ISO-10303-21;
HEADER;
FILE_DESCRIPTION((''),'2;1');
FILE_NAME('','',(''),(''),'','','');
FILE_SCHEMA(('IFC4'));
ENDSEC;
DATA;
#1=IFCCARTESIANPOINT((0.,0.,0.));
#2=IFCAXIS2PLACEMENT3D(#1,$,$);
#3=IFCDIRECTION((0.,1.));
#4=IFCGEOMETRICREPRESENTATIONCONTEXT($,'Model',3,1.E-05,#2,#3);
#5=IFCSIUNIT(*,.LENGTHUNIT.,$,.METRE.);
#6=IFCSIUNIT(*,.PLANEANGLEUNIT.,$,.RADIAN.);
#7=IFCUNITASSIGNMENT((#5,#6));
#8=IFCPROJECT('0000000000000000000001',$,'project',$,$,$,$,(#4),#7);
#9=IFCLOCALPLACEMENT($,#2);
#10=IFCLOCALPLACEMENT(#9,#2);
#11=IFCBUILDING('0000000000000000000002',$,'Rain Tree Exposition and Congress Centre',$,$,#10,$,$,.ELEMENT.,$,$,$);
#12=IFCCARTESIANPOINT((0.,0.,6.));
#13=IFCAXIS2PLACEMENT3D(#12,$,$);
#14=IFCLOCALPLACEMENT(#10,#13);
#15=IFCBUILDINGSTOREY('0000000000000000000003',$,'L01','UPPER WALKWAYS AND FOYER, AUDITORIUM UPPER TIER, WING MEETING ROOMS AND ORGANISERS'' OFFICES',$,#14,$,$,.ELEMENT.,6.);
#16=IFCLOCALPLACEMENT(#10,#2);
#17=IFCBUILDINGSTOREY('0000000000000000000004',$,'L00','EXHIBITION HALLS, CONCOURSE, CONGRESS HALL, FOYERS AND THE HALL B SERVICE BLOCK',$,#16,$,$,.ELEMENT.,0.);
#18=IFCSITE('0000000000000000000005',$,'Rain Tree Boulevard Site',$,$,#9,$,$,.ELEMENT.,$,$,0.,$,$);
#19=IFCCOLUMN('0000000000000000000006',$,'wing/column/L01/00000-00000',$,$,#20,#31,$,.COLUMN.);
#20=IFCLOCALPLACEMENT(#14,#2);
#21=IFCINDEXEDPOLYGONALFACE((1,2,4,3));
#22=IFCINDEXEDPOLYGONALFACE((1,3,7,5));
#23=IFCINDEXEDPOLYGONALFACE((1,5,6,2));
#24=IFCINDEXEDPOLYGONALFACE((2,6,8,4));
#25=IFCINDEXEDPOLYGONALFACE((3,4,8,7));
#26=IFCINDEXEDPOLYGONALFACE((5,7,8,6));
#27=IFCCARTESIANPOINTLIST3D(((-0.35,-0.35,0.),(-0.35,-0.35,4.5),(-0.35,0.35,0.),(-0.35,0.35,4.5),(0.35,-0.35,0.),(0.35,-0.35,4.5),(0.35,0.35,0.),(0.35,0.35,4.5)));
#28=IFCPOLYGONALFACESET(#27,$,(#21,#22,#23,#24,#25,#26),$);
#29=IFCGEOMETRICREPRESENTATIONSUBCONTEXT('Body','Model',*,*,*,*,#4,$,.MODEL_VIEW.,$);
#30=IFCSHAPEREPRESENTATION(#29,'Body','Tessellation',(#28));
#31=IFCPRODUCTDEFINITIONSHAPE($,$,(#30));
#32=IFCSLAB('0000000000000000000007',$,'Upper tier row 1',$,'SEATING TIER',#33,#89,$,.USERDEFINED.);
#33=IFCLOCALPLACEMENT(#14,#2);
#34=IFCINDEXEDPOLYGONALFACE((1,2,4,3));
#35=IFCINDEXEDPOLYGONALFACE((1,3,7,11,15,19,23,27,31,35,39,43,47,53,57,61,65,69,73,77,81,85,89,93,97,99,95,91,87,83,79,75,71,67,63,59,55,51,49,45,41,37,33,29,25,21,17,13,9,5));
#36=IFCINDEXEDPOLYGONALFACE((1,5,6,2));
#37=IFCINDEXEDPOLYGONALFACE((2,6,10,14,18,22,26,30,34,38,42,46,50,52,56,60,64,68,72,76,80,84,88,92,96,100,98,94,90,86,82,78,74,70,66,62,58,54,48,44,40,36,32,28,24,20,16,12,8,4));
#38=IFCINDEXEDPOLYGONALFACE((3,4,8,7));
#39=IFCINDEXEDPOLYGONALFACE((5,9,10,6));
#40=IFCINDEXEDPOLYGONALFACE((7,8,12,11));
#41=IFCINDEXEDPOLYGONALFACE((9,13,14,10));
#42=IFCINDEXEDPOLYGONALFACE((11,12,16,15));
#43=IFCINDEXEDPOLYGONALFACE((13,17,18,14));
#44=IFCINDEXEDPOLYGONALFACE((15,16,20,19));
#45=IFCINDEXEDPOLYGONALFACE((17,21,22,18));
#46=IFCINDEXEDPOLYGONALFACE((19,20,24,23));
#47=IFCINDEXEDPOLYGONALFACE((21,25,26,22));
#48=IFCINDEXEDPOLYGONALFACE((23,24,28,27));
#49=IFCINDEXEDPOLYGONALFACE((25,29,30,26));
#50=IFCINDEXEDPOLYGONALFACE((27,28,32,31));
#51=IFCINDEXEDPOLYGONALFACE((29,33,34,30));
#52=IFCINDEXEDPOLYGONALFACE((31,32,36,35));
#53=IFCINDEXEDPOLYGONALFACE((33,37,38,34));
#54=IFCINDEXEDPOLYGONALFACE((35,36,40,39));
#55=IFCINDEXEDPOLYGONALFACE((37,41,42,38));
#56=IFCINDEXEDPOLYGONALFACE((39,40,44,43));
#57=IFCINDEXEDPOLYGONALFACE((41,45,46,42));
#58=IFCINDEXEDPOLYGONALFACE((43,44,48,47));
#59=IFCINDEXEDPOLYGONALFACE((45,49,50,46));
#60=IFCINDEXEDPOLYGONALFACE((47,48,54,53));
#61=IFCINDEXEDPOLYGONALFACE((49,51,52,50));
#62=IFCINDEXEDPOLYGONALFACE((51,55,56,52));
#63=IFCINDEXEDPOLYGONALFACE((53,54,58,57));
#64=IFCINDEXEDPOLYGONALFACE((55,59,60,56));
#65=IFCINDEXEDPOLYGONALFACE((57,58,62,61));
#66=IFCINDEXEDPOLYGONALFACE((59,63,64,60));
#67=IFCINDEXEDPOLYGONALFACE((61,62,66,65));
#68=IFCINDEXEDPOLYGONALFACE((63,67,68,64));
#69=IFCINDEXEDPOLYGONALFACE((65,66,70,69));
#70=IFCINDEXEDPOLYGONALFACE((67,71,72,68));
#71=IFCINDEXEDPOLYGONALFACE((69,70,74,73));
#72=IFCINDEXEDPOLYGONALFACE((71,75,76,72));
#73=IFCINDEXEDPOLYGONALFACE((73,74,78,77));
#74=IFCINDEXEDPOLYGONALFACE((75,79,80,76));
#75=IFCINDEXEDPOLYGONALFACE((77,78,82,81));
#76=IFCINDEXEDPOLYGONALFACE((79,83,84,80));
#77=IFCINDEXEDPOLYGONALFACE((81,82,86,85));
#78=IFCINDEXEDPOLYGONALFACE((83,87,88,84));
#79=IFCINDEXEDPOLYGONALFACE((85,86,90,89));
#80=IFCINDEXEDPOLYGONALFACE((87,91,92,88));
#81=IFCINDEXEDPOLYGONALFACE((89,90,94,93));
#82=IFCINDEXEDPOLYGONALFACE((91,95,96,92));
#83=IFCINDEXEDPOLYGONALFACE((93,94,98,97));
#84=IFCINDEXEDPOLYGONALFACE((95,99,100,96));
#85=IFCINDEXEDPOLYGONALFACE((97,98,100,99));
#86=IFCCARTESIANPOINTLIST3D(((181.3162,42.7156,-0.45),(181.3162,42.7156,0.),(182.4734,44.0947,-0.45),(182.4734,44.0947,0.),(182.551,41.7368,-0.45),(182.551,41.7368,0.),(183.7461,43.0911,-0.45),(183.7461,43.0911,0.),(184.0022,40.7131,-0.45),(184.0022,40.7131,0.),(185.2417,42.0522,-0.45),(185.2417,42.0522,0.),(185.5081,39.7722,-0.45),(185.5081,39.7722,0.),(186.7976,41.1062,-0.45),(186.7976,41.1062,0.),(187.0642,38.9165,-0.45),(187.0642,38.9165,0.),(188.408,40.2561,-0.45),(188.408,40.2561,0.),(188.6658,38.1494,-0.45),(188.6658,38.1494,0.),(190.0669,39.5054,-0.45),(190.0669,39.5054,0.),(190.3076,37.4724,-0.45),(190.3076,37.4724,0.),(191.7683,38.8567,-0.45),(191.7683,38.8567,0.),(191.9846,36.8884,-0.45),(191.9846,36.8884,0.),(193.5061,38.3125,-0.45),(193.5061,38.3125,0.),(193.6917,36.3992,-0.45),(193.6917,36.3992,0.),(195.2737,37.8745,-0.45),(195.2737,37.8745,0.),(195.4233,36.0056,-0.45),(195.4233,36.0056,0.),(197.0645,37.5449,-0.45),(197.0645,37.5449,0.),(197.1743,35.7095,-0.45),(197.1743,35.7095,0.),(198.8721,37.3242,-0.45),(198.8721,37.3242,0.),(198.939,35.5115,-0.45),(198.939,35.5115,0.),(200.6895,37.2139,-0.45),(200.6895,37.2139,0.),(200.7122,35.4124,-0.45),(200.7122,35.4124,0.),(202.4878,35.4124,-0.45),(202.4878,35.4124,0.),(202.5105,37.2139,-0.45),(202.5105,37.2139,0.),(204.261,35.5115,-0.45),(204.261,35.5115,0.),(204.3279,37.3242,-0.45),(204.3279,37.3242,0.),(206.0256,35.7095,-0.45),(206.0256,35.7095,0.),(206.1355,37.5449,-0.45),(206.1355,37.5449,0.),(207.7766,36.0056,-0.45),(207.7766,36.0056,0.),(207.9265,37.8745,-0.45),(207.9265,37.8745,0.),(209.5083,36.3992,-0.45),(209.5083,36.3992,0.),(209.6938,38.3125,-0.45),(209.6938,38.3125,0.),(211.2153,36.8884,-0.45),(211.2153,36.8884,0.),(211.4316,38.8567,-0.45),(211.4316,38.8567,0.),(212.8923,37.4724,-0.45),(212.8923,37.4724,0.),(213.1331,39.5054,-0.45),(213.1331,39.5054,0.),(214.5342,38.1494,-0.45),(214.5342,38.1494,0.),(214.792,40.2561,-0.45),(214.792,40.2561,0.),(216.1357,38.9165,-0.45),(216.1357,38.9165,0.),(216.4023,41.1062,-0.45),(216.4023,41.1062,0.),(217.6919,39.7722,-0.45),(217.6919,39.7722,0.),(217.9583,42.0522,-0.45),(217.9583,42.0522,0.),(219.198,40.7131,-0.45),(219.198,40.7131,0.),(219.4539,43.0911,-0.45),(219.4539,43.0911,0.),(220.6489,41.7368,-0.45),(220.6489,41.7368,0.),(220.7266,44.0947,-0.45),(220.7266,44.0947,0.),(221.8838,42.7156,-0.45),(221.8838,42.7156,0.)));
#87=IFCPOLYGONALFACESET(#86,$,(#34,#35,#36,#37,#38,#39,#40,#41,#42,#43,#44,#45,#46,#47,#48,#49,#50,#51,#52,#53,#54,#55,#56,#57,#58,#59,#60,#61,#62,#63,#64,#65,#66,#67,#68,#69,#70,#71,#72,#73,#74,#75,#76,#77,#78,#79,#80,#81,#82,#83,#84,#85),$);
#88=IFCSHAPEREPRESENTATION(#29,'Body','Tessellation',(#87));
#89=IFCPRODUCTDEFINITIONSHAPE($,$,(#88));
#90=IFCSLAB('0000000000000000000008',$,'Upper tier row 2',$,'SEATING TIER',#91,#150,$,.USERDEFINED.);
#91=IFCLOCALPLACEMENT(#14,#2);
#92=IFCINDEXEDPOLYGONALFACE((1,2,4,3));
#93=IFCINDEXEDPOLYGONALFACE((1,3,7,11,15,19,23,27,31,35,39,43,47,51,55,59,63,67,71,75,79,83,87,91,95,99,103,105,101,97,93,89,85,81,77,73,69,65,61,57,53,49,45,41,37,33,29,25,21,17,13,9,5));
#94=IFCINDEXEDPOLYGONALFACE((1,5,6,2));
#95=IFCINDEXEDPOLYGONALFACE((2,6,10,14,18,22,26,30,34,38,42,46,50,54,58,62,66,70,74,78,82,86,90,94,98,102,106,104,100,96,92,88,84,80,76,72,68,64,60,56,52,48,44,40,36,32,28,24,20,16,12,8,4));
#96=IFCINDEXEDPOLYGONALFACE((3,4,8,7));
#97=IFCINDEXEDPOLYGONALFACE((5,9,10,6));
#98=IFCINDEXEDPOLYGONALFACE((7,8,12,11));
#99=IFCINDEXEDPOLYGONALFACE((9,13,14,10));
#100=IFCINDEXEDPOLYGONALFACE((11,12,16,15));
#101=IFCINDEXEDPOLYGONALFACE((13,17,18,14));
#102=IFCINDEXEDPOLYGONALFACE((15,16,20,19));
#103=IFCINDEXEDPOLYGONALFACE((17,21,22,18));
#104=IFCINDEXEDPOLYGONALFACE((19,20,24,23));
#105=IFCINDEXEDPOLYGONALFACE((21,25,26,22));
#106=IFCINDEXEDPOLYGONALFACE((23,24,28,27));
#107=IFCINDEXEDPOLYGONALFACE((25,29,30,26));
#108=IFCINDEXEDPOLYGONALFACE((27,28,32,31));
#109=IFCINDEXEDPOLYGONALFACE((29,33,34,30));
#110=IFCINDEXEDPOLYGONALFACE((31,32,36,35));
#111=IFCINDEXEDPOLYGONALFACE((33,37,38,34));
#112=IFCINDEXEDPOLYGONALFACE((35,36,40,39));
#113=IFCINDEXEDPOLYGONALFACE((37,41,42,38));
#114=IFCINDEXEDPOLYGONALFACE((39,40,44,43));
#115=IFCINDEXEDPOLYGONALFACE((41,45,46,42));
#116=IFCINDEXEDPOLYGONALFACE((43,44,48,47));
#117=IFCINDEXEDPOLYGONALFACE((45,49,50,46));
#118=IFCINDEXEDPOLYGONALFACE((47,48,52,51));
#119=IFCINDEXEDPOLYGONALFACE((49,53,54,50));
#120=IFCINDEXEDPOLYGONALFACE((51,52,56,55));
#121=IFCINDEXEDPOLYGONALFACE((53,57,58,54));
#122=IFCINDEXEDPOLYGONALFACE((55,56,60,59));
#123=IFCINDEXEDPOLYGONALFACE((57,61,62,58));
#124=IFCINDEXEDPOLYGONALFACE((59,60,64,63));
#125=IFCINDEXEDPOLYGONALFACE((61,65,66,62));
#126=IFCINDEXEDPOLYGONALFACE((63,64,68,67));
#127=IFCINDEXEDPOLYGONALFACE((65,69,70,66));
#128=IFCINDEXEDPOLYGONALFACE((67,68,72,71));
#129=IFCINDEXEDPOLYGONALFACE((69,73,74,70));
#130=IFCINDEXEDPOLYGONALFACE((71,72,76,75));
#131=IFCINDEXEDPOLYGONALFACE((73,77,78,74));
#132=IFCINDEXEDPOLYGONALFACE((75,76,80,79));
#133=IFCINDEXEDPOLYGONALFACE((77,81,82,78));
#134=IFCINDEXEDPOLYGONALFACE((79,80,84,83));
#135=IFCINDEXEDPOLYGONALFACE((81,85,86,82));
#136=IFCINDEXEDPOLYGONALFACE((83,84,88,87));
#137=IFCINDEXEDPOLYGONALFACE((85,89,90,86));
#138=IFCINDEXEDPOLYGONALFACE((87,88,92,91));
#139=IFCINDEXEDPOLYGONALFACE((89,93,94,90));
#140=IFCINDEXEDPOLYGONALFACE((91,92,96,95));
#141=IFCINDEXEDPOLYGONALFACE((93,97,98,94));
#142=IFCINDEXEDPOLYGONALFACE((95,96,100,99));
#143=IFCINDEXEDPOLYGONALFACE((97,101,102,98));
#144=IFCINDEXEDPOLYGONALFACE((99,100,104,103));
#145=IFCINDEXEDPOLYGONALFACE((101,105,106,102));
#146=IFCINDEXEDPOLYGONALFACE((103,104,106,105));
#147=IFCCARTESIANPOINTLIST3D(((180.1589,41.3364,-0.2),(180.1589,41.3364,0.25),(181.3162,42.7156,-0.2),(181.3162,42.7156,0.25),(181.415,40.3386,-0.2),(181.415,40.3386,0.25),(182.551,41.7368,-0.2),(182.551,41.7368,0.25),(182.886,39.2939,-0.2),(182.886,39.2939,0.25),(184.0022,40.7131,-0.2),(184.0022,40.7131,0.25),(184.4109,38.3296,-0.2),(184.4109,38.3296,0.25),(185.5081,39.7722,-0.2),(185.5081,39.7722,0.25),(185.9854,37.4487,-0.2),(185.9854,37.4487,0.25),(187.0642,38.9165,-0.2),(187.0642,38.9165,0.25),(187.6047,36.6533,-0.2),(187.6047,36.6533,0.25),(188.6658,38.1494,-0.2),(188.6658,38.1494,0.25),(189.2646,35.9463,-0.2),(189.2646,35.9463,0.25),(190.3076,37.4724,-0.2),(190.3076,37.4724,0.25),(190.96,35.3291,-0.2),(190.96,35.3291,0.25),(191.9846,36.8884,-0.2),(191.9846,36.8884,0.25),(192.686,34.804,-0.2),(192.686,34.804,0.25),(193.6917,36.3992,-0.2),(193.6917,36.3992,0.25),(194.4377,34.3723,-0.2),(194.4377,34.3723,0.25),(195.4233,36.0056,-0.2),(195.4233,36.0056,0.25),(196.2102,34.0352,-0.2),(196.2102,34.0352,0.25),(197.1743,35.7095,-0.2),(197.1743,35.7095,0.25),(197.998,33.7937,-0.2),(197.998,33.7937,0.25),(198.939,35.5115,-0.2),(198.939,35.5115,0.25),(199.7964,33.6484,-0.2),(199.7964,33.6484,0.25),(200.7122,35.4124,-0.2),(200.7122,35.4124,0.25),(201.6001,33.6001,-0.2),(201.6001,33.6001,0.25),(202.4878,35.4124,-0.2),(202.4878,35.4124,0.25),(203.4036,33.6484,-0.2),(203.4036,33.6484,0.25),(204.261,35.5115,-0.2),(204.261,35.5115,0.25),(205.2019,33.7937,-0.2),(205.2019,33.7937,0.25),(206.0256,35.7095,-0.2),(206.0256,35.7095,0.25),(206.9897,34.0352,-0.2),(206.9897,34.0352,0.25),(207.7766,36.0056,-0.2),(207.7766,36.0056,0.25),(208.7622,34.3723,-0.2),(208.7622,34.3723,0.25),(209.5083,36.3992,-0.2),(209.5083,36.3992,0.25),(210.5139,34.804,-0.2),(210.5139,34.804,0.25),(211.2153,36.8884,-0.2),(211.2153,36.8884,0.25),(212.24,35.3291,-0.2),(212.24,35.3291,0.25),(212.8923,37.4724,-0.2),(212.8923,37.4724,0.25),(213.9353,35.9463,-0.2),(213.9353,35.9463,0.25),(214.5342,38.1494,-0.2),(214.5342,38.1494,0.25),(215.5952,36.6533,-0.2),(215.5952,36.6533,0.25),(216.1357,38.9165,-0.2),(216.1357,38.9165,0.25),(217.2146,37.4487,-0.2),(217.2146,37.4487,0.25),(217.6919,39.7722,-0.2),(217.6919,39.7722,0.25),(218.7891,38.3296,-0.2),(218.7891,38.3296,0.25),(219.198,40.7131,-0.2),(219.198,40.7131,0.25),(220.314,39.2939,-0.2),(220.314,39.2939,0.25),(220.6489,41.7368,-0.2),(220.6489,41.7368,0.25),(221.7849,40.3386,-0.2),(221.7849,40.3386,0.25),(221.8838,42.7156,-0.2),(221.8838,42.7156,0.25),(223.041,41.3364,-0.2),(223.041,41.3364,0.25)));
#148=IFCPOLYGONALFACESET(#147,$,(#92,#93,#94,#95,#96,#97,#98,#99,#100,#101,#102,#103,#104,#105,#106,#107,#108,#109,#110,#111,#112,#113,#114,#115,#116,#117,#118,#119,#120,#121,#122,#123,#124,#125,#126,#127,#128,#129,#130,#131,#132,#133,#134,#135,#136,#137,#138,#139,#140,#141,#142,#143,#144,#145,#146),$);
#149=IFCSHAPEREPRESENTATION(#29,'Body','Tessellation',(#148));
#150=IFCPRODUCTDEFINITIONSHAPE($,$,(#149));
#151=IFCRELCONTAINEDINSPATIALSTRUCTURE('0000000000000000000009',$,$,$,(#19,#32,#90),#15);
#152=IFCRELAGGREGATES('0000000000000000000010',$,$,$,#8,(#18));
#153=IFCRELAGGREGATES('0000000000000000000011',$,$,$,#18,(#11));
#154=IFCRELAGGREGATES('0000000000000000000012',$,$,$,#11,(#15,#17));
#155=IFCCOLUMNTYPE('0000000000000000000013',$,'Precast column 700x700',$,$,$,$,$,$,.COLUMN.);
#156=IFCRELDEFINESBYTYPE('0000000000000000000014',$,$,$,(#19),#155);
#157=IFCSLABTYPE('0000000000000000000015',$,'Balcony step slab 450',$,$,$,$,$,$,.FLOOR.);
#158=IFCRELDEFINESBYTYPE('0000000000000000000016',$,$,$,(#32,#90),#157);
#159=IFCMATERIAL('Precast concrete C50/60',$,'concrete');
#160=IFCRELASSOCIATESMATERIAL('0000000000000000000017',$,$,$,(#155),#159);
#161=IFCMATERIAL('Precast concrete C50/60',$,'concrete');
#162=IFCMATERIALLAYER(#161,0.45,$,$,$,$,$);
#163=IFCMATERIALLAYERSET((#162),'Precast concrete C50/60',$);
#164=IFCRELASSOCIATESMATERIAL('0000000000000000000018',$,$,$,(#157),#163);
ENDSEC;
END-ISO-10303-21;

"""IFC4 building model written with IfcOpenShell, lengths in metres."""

from ifc_helpers import new_model, si_unit, direction, frame, origin, origin_with_axes, origin_2d, place, context, subcontext, project, spatial, polyline, rectangle, outline, extrude, material, layer, layer_set, material_profile, profile_set, type_object, element, save


model = new_model("IFC4")

# Units and contexts
model_context = context("Model", 3, precision=1e-05, world=origin(), true_north=direction((0.0, 1.0)))
body_context = subcontext(model_context, "Body", "Model", "MODEL_VIEW")
ifc_project = project(units=[si_unit("LENGTHUNIT", "METRE"), si_unit("PLANEANGLEUNIT", "RADIAN")], contexts=[model_context])

# Site, building, storey
site_placement = place(None, origin())
site = spatial("IfcSite", under=ifc_project, at=site_placement, Name="Rain Tree Boulevard Site", CompositionType="ELEMENT", RefElevation=0.0)
building_placement = place(site_placement, origin())
building = spatial("IfcBuilding", under=site, at=building_placement, Name="Rain Tree Exposition and Congress Centre", CompositionType="ELEMENT")
storey_1_placement = place(building_placement, frame((0.0, 0.0, 6.0)))
storey_1 = spatial("IfcBuildingStorey", under=building, at=storey_1_placement, Name="L01", Description="UPPER WALKWAYS AND FOYER, AUDITORIUM UPPER TIER, WING MEETING ROOMS AND ORGANISERS' OFFICES", CompositionType="ELEMENT", Elevation=6.0)

# Column
ifc_material_1 = material(Name="Precast concrete C50/60", Category="concrete")
ifc_material_profile_1 = material_profile(ifc_material_1, rectangle(XDim=0.7, YDim=0.7, at=origin_2d()), Name="RC 700x700")
ifc_profile_set_1 = profile_set([ifc_material_profile_1], Name="Precast concrete C50/60")
column_type = type_object("IfcColumnType", Name="Precast column 700x700", PredefinedType="COLUMN", material=ifc_profile_set_1)
column_placement = place(storey_1_placement, origin_with_axes())
element("IfcColumn", 1, at=column_placement, inside=storey_1, type_object=column_type, Name="wing/column/L01/00000-00000", PredefinedType="COLUMN", context=body_context, shape_type="SweptSolid", body=[
    extrude(rectangle(XDim=0.7, YDim=0.7, at=origin_2d()), origin(), (0.0, 0.0, 1.0), 4.5),
])

# Slabs
ifc_material_2 = material(Name="Precast concrete C50/60", Category="concrete")
ifc_layer_1 = layer(ifc_material_2, 0.45)
ifc_layer_set_1 = layer_set([ifc_layer_1], Name="Precast concrete C50/60")
slab_type_1 = type_object("IfcSlabType", Name="Balcony step slab 450", PredefinedType="FLOOR", material=ifc_layer_set_1)
slab_1_placement = place(storey_1_placement, frame((0.0, 0.0, -0.45)))
element("IfcSlab", 2, at=slab_1_placement, inside=storey_1, type_object=slab_type_1, Name="Upper tier row 1", ObjectType="SEATING TIER", PredefinedType="USERDEFINED", context=body_context, shape_type="SweptSolid", body=[
    extrude(outline(polyline([(220.6489, 41.7368), (221.8838, 42.7156), (220.7266, 44.0947), (219.4539, 43.0911), (217.9583, 42.0522), (216.4023, 41.1062), (214.792, 40.2561), (213.1331, 39.5054), (211.4316, 38.8567), (209.6938, 38.3125), (207.9265, 37.8745), (206.1355, 37.5449), (204.3279, 37.3242), (202.5105, 37.2139), (200.6895, 37.2139), (198.8721, 37.3242), (197.0645, 37.5449), (195.2737, 37.8745), (193.5061, 38.3125), (191.7683, 38.8567), (190.0669, 39.5054), (188.408, 40.2561), (186.7976, 41.1062), (185.2417, 42.0522), (183.7461, 43.0911), (182.4734, 44.0947), (181.3162, 42.7156), (182.551, 41.7368), (184.0022, 40.7131), (185.5081, 39.7722), (187.0642, 38.9165), (188.6658, 38.1494), (190.3076, 37.4724), (191.9846, 36.8884), (193.6917, 36.3992), (195.4233, 36.0056), (197.1743, 35.7095), (198.939, 35.5115), (200.7122, 35.4124), (202.4878, 35.4124), (204.261, 35.5115), (206.0256, 35.7095), (207.7766, 36.0056), (209.5083, 36.3992), (211.2153, 36.8884), (212.8923, 37.4724), (214.5342, 38.1494), (216.1357, 38.9165), (217.6919, 39.7722), (219.198, 40.7131), (220.6489, 41.7368)])), origin(), (0.0, 0.0, 1.0), 0.45),
])
slab_2_placement = place(storey_1_placement, frame((0.0, 0.0, -0.2)))
element("IfcSlab", 3, at=slab_2_placement, inside=storey_1, type_object=slab_type_1, Name="Upper tier row 2", ObjectType="SEATING TIER", PredefinedType="USERDEFINED", context=body_context, shape_type="SweptSolid", body=[
    extrude(outline(polyline([(221.7849, 40.3386), (223.041, 41.3364), (221.8838, 42.7156), (220.6489, 41.7368), (219.198, 40.7131), (217.6919, 39.7722), (216.1357, 38.9165), (214.5342, 38.1494), (212.8923, 37.4724), (211.2153, 36.8884), (209.5083, 36.3992), (207.7766, 36.0056), (206.0256, 35.7095), (204.261, 35.5115), (202.4878, 35.4124), (200.7122, 35.4124), (198.939, 35.5115), (197.1743, 35.7095), (195.4233, 36.0056), (193.6917, 36.3992), (191.9846, 36.8884), (190.3076, 37.4724), (188.6658, 38.1494), (187.0642, 38.9165), (185.5081, 39.7722), (184.0022, 40.7131), (182.551, 41.7368), (181.3162, 42.7156), (180.1589, 41.3364), (181.415, 40.3386), (182.886, 39.2939), (184.4109, 38.3296), (185.9854, 37.4487), (187.6047, 36.6533), (189.2646, 35.9463), (190.96, 35.3291), (192.686, 34.804), (194.4377, 34.3723), (196.2102, 34.0352), (197.998, 33.7937), (199.7964, 33.6484), (201.6001, 33.6001), (203.4036, 33.6484), (205.2019, 33.7937), (206.9897, 34.0352), (208.7622, 34.3723), (210.5139, 34.804), (212.24, 35.3291), (213.9353, 35.9463), (215.5952, 36.6533), (217.2146, 37.4487), (218.7891, 38.3296), (220.314, 39.2939), (221.7849, 40.3386)])), origin(), (0.0, 0.0, 1.0), 0.45),
])

# Shared definitions
storey_2_placement = place(building_placement, origin())
storey_2 = spatial("IfcBuildingStorey", under=building, at=storey_2_placement, Name="L00", Description="EXHIBITION HALLS, CONCOURSE, CONGRESS HALL, FOYERS AND THE HALL B SERVICE BLOCK", CompositionType="ELEMENT", Elevation=0.0)

save(model, "model.ifc")
